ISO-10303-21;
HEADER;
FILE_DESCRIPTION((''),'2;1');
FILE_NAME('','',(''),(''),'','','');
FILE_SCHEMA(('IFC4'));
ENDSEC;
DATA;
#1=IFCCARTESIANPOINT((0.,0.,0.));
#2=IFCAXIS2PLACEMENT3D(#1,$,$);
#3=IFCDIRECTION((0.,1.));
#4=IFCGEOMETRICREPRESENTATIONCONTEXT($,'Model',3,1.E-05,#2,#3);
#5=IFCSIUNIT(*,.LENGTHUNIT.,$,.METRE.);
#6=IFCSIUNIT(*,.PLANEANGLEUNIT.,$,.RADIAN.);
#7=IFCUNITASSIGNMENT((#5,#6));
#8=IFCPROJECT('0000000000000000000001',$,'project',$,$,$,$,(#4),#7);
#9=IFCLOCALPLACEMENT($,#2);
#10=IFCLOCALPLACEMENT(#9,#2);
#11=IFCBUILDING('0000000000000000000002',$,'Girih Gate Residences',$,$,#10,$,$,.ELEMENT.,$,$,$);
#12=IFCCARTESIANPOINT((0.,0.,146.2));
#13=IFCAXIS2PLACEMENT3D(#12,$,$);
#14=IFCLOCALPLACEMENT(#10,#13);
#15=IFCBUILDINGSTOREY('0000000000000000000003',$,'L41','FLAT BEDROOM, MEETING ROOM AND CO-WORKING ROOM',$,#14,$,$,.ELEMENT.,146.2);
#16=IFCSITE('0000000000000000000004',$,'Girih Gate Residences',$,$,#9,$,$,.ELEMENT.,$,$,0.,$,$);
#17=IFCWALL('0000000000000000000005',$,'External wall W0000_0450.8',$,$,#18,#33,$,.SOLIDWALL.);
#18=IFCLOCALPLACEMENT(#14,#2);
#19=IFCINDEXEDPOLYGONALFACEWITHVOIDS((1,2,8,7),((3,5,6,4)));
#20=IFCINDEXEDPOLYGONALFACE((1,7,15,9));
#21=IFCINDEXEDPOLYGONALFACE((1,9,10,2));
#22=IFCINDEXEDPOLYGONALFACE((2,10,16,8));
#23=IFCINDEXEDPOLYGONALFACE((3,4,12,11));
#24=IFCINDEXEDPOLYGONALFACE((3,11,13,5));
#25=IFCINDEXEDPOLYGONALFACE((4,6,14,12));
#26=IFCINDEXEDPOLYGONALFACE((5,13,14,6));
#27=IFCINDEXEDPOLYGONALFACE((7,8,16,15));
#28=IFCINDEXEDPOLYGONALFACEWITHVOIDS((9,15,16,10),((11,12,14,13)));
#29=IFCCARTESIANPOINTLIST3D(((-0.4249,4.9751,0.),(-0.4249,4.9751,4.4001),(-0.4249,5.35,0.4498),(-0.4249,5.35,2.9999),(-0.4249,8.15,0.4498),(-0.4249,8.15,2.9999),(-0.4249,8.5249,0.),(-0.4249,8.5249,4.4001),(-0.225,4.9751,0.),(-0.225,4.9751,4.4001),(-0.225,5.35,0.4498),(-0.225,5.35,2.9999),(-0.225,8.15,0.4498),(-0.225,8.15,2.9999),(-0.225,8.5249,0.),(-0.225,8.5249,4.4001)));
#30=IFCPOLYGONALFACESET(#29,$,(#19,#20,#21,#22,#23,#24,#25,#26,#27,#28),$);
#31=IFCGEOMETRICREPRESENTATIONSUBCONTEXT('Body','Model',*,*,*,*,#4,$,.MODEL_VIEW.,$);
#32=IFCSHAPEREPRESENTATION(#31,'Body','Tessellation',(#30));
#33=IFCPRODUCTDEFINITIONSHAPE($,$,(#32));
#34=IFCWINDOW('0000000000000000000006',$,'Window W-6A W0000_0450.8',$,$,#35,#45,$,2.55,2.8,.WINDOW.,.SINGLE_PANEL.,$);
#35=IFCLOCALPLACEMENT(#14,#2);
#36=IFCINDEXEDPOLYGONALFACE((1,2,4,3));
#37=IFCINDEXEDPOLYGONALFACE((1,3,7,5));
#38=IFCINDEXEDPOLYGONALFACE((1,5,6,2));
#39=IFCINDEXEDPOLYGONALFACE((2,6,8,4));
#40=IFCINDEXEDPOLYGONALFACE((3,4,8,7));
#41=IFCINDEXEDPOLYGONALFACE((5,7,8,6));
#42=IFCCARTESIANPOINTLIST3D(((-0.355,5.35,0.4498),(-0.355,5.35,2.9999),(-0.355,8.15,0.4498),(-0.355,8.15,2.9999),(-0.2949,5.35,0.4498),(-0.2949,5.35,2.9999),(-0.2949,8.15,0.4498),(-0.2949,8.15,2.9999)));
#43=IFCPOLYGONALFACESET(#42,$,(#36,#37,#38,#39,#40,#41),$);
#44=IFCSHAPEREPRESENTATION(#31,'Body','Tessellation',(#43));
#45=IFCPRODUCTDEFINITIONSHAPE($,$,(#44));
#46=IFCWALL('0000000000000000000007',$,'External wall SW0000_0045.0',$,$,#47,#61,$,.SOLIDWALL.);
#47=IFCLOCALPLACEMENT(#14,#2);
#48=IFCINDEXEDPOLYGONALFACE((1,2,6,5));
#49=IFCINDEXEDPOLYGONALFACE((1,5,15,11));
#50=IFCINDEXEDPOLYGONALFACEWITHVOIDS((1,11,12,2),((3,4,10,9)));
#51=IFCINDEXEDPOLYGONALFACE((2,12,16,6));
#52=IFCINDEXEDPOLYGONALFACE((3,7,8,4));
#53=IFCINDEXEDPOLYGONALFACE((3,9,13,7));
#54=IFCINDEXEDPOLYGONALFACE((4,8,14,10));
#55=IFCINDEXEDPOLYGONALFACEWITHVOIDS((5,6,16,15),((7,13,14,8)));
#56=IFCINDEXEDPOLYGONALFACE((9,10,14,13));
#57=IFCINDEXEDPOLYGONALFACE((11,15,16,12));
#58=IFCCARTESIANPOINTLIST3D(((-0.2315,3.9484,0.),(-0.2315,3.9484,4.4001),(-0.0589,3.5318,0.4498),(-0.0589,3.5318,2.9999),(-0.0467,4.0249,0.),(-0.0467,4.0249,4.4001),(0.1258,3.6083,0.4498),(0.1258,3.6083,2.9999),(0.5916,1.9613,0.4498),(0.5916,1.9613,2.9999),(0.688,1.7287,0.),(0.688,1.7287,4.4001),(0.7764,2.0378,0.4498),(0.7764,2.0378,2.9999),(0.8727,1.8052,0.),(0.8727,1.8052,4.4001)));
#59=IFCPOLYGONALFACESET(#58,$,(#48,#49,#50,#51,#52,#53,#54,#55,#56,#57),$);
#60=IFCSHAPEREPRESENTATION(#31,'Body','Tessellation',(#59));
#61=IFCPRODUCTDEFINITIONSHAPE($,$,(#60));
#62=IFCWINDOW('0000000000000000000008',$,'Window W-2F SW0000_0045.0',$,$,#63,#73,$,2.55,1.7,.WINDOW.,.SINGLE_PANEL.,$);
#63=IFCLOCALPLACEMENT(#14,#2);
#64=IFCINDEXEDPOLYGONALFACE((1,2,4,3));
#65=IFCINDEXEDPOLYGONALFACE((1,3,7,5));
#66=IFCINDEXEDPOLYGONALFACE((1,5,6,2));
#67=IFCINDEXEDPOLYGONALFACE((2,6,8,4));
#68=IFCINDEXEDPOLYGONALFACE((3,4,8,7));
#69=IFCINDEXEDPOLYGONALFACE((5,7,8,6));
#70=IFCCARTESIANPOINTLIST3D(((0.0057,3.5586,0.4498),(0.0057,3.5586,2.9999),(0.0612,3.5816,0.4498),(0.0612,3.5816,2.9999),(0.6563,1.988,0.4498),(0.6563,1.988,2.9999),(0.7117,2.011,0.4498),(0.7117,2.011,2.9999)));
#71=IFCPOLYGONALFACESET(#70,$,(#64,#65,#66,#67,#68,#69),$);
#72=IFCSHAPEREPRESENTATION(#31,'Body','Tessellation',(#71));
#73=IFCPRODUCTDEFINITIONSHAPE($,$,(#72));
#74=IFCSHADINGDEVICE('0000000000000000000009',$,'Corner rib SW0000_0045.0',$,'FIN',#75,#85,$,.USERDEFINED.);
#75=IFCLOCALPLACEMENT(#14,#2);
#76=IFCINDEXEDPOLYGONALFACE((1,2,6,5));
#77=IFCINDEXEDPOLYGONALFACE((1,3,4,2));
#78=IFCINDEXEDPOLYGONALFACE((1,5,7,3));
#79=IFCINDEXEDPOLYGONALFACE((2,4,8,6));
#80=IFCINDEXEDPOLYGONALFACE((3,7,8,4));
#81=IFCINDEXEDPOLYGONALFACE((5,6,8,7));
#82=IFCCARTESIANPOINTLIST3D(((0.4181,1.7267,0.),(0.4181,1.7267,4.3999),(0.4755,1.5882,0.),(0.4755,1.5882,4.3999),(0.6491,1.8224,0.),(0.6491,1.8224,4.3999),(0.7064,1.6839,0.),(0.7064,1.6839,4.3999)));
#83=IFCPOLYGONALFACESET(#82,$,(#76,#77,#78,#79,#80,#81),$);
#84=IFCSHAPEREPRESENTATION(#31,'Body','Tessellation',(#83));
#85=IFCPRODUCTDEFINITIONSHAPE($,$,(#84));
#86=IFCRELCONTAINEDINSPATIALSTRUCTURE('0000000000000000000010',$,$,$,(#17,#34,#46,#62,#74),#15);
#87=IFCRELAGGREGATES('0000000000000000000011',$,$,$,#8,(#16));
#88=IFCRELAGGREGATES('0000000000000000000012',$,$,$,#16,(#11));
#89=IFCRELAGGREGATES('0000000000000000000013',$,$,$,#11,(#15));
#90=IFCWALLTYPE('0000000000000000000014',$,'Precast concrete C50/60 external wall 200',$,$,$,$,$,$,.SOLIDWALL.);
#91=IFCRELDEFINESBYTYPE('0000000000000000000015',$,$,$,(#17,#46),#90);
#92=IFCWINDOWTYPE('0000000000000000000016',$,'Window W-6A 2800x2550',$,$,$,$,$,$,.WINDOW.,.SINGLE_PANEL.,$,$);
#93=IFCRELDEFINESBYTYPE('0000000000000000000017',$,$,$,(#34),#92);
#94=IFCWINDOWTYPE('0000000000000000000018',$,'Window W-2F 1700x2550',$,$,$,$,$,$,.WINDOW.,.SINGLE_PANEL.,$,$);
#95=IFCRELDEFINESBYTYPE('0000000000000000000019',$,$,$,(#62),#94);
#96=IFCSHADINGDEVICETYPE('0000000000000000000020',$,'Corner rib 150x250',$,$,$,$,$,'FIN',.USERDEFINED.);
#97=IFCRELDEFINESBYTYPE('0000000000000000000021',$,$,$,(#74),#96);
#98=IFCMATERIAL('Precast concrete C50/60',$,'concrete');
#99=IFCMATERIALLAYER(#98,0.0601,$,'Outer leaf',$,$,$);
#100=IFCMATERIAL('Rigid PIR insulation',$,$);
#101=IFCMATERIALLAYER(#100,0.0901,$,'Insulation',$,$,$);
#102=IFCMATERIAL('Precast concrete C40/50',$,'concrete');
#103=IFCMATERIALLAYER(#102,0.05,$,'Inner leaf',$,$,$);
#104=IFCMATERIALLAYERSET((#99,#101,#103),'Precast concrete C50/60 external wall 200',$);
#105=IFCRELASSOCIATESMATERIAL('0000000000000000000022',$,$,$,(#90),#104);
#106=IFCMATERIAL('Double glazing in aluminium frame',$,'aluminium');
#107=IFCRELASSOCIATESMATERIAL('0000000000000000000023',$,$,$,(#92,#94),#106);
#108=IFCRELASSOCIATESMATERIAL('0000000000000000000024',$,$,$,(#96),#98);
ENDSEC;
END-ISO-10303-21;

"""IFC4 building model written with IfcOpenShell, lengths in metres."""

from ifc_helpers import new_model, si_unit, direction, frame, frame_2d, origin, origin_2d, place, context, subcontext, project, spatial, rectangle, extrude, material, layer, layer_set, type_object, element, fill, save


model = new_model("IFC4")

# Units and contexts
model_context = context("Model", 3, precision=1e-05, world=origin(), true_north=direction((0.0, 1.0)))
body_context = subcontext(model_context, "Body", "Model", "MODEL_VIEW")
ifc_project = project(units=[si_unit("LENGTHUNIT", "METRE"), si_unit("PLANEANGLEUNIT", "RADIAN")], contexts=[model_context])

# Site, building, storey
site_placement = place(None, origin())
site = spatial("IfcSite", under=ifc_project, at=site_placement, Name="Girih Gate Residences", CompositionType="ELEMENT", RefElevation=0.0)
building_placement = place(site_placement, origin())
building = spatial("IfcBuilding", under=site, at=building_placement, Name="Girih Gate Residences", CompositionType="ELEMENT")
storey_placement = place(building_placement, frame((0.0, 0.0, 146.2)))
storey = spatial("IfcBuildingStorey", under=building, at=storey_placement, Name="L41", Description="FLAT BEDROOM, MEETING ROOM AND CO-WORKING ROOM", CompositionType="ELEMENT", Elevation=146.2)

# Walls, openings, windows
ifc_material_1 = material(Name="Precast concrete C50/60", Category="concrete")
ifc_layer_1 = layer(ifc_material_1, 0.0601, Name="Outer leaf")
ifc_material_2 = material(Name="Rigid PIR insulation")
ifc_layer_2 = layer(ifc_material_2, 0.0901, Name="Insulation")
ifc_material_3 = material(Name="Precast concrete C40/50", Category="concrete")
ifc_layer_3 = layer(ifc_material_3, 0.05, Name="Inner leaf")
ifc_layer_set_1 = layer_set([ifc_layer_1, ifc_layer_2, ifc_layer_3], Name="Precast concrete C50/60 external wall 200")
wall_type = type_object("IfcWallType", Name="Precast concrete C50/60 external wall 200", PredefinedType="SOLIDWALL", material=ifc_layer_set_1)
ifc_material_4 = material(Name="Double glazing in aluminium frame", Category="aluminium")
window_type_1 = type_object("IfcWindowType", Name="Window W-6A 2800x2550", PartitioningType="SINGLE_PANEL", PredefinedType="WINDOW", material=ifc_material_4)
wall_1_placement = place(storey_placement, frame((-0.325, 4.9751, 0.0), z_axis=(0.0, 0.0, 1.0), x_axis=(0.0, 1.0, 0.0)))
wall_1 = element("IfcWall", 1, at=wall_1_placement, inside=storey, type_object=wall_type, Name="External wall W0000_0450.8", PredefinedType="SOLIDWALL", context=body_context, shape_type="SweptSolid", body=[
    extrude(rectangle(XDim=3.5498, YDim=0.2, at=frame_2d((1.7749, 0.0))), origin(), (0.0, 0.0, 1.0), 4.4001),
])
opening_1_placement = place(wall_1_placement, frame((0.375, 0.0, 0.45)))
opening_1 = element("IfcOpeningElement", 2, at=opening_1_placement, cuts=wall_1, PredefinedType="OPENING", context=body_context, shape_type="SweptSolid", body=[
    extrude(rectangle(XDim=2.8, YDim=2.55, at=frame_2d((1.3999, 1.2749))), frame((0.0, 0.1099, 0.0), z_axis=(0.0, -1.0, 0.0), x_axis=(1.0, 0.0, 0.0)), (0.0, 0.0, 1.0), 0.22),
])
window_1_placement = place(opening_1_placement, origin())
window_1 = element("IfcWindow", 3, at=window_1_placement, inside=storey, type_object=window_type_1, Name="Window W-6A W0000_0450.8", OverallHeight=2.55, OverallWidth=2.8, PartitioningType="SINGLE_PANEL", PredefinedType="WINDOW", context=body_context, shape_type="SweptSolid", body=[
    extrude(rectangle(XDim=2.8, YDim=2.55, at=frame_2d((1.3999, 1.2749))), frame((0.0, 0.03, 0.0), z_axis=(0.0, -1.0, 0.0), x_axis=(1.0, 0.0, 0.0)), (0.0, 0.0, 1.0), 0.0601),
])
fill(opening_1, window_1)
wall_2_placement = place(storey_placement, frame((0.7803, 1.7671, 0.0), z_axis=(0.0, 0.0, 1.0), x_axis=(-0.382681, 0.923881, 0.0)))
wall_2 = element("IfcWall", 4, at=wall_2_placement, inside=storey, type_object=wall_type, Name="External wall SW0000_0045.0", PredefinedType="SOLIDWALL", context=body_context, shape_type="SweptSolid", body=[
    extrude(rectangle(XDim=2.4026, YDim=0.2, at=frame_2d((1.2012, 0.0))), origin(), (0.0, 0.0, 1.0), 4.4001),
])
opening_2_placement = place(wall_2_placement, frame((0.2515, 0.0, 0.45)))
opening_2 = element("IfcOpeningElement", 5, at=opening_2_placement, cuts=wall_2, PredefinedType="OPENING", context=body_context, shape_type="SweptSolid", body=[
    extrude(rectangle(XDim=1.7, YDim=2.55, at=frame_2d((0.8501, 1.2749))), frame((0.0, 0.1099, 0.0), z_axis=(0.0, -1.0, 0.0), x_axis=(1.0, 0.0, 0.0)), (0.0, 0.0, 1.0), 0.22),
])
window_type_2 = type_object("IfcWindowType", Name="Window W-2F 1700x2550", PartitioningType="SINGLE_PANEL", PredefinedType="WINDOW", material=ifc_material_4)
window_2_placement = place(opening_2_placement, origin())
window_2 = element("IfcWindow", 6, at=window_2_placement, inside=storey, type_object=window_type_2, Name="Window W-2F SW0000_0045.0", OverallHeight=2.55, OverallWidth=1.7, PartitioningType="SINGLE_PANEL", PredefinedType="WINDOW", context=body_context, shape_type="SweptSolid", body=[
    extrude(rectangle(XDim=1.7, YDim=2.55, at=frame_2d((0.8501, 1.2749))), frame((0.0, 0.03, 0.0), z_axis=(0.0, -1.0, 0.0), x_axis=(1.0, 0.0, 0.0)), (0.0, 0.0, 1.0), 0.0601),
])
fill(opening_2, window_2)

# Shading device
shading_device_type = type_object("IfcShadingDeviceType", Name="Corner rib 150x250", ElementType="FIN", PredefinedType="USERDEFINED", material=ifc_material_1)
shading_device_placement = place(storey_placement, frame((0.5623, 1.7053, 0.0), z_axis=(0.0, 0.0, 1.0), x_axis=(0.382683, -0.92388, 0.0)))
element("IfcShadingDevice", 7, at=shading_device_placement, inside=storey, type_object=shading_device_type, Name="Corner rib SW0000_0045.0", ObjectType="FIN", PredefinedType="USERDEFINED", context=body_context, shape_type="SweptSolid", body=[
    extrude(rectangle(XDim=0.1499, YDim=0.25, at=origin_2d()), origin(), (0.0, 0.0, 1.0), 4.3999),
])

save(model, "model.ifc")
